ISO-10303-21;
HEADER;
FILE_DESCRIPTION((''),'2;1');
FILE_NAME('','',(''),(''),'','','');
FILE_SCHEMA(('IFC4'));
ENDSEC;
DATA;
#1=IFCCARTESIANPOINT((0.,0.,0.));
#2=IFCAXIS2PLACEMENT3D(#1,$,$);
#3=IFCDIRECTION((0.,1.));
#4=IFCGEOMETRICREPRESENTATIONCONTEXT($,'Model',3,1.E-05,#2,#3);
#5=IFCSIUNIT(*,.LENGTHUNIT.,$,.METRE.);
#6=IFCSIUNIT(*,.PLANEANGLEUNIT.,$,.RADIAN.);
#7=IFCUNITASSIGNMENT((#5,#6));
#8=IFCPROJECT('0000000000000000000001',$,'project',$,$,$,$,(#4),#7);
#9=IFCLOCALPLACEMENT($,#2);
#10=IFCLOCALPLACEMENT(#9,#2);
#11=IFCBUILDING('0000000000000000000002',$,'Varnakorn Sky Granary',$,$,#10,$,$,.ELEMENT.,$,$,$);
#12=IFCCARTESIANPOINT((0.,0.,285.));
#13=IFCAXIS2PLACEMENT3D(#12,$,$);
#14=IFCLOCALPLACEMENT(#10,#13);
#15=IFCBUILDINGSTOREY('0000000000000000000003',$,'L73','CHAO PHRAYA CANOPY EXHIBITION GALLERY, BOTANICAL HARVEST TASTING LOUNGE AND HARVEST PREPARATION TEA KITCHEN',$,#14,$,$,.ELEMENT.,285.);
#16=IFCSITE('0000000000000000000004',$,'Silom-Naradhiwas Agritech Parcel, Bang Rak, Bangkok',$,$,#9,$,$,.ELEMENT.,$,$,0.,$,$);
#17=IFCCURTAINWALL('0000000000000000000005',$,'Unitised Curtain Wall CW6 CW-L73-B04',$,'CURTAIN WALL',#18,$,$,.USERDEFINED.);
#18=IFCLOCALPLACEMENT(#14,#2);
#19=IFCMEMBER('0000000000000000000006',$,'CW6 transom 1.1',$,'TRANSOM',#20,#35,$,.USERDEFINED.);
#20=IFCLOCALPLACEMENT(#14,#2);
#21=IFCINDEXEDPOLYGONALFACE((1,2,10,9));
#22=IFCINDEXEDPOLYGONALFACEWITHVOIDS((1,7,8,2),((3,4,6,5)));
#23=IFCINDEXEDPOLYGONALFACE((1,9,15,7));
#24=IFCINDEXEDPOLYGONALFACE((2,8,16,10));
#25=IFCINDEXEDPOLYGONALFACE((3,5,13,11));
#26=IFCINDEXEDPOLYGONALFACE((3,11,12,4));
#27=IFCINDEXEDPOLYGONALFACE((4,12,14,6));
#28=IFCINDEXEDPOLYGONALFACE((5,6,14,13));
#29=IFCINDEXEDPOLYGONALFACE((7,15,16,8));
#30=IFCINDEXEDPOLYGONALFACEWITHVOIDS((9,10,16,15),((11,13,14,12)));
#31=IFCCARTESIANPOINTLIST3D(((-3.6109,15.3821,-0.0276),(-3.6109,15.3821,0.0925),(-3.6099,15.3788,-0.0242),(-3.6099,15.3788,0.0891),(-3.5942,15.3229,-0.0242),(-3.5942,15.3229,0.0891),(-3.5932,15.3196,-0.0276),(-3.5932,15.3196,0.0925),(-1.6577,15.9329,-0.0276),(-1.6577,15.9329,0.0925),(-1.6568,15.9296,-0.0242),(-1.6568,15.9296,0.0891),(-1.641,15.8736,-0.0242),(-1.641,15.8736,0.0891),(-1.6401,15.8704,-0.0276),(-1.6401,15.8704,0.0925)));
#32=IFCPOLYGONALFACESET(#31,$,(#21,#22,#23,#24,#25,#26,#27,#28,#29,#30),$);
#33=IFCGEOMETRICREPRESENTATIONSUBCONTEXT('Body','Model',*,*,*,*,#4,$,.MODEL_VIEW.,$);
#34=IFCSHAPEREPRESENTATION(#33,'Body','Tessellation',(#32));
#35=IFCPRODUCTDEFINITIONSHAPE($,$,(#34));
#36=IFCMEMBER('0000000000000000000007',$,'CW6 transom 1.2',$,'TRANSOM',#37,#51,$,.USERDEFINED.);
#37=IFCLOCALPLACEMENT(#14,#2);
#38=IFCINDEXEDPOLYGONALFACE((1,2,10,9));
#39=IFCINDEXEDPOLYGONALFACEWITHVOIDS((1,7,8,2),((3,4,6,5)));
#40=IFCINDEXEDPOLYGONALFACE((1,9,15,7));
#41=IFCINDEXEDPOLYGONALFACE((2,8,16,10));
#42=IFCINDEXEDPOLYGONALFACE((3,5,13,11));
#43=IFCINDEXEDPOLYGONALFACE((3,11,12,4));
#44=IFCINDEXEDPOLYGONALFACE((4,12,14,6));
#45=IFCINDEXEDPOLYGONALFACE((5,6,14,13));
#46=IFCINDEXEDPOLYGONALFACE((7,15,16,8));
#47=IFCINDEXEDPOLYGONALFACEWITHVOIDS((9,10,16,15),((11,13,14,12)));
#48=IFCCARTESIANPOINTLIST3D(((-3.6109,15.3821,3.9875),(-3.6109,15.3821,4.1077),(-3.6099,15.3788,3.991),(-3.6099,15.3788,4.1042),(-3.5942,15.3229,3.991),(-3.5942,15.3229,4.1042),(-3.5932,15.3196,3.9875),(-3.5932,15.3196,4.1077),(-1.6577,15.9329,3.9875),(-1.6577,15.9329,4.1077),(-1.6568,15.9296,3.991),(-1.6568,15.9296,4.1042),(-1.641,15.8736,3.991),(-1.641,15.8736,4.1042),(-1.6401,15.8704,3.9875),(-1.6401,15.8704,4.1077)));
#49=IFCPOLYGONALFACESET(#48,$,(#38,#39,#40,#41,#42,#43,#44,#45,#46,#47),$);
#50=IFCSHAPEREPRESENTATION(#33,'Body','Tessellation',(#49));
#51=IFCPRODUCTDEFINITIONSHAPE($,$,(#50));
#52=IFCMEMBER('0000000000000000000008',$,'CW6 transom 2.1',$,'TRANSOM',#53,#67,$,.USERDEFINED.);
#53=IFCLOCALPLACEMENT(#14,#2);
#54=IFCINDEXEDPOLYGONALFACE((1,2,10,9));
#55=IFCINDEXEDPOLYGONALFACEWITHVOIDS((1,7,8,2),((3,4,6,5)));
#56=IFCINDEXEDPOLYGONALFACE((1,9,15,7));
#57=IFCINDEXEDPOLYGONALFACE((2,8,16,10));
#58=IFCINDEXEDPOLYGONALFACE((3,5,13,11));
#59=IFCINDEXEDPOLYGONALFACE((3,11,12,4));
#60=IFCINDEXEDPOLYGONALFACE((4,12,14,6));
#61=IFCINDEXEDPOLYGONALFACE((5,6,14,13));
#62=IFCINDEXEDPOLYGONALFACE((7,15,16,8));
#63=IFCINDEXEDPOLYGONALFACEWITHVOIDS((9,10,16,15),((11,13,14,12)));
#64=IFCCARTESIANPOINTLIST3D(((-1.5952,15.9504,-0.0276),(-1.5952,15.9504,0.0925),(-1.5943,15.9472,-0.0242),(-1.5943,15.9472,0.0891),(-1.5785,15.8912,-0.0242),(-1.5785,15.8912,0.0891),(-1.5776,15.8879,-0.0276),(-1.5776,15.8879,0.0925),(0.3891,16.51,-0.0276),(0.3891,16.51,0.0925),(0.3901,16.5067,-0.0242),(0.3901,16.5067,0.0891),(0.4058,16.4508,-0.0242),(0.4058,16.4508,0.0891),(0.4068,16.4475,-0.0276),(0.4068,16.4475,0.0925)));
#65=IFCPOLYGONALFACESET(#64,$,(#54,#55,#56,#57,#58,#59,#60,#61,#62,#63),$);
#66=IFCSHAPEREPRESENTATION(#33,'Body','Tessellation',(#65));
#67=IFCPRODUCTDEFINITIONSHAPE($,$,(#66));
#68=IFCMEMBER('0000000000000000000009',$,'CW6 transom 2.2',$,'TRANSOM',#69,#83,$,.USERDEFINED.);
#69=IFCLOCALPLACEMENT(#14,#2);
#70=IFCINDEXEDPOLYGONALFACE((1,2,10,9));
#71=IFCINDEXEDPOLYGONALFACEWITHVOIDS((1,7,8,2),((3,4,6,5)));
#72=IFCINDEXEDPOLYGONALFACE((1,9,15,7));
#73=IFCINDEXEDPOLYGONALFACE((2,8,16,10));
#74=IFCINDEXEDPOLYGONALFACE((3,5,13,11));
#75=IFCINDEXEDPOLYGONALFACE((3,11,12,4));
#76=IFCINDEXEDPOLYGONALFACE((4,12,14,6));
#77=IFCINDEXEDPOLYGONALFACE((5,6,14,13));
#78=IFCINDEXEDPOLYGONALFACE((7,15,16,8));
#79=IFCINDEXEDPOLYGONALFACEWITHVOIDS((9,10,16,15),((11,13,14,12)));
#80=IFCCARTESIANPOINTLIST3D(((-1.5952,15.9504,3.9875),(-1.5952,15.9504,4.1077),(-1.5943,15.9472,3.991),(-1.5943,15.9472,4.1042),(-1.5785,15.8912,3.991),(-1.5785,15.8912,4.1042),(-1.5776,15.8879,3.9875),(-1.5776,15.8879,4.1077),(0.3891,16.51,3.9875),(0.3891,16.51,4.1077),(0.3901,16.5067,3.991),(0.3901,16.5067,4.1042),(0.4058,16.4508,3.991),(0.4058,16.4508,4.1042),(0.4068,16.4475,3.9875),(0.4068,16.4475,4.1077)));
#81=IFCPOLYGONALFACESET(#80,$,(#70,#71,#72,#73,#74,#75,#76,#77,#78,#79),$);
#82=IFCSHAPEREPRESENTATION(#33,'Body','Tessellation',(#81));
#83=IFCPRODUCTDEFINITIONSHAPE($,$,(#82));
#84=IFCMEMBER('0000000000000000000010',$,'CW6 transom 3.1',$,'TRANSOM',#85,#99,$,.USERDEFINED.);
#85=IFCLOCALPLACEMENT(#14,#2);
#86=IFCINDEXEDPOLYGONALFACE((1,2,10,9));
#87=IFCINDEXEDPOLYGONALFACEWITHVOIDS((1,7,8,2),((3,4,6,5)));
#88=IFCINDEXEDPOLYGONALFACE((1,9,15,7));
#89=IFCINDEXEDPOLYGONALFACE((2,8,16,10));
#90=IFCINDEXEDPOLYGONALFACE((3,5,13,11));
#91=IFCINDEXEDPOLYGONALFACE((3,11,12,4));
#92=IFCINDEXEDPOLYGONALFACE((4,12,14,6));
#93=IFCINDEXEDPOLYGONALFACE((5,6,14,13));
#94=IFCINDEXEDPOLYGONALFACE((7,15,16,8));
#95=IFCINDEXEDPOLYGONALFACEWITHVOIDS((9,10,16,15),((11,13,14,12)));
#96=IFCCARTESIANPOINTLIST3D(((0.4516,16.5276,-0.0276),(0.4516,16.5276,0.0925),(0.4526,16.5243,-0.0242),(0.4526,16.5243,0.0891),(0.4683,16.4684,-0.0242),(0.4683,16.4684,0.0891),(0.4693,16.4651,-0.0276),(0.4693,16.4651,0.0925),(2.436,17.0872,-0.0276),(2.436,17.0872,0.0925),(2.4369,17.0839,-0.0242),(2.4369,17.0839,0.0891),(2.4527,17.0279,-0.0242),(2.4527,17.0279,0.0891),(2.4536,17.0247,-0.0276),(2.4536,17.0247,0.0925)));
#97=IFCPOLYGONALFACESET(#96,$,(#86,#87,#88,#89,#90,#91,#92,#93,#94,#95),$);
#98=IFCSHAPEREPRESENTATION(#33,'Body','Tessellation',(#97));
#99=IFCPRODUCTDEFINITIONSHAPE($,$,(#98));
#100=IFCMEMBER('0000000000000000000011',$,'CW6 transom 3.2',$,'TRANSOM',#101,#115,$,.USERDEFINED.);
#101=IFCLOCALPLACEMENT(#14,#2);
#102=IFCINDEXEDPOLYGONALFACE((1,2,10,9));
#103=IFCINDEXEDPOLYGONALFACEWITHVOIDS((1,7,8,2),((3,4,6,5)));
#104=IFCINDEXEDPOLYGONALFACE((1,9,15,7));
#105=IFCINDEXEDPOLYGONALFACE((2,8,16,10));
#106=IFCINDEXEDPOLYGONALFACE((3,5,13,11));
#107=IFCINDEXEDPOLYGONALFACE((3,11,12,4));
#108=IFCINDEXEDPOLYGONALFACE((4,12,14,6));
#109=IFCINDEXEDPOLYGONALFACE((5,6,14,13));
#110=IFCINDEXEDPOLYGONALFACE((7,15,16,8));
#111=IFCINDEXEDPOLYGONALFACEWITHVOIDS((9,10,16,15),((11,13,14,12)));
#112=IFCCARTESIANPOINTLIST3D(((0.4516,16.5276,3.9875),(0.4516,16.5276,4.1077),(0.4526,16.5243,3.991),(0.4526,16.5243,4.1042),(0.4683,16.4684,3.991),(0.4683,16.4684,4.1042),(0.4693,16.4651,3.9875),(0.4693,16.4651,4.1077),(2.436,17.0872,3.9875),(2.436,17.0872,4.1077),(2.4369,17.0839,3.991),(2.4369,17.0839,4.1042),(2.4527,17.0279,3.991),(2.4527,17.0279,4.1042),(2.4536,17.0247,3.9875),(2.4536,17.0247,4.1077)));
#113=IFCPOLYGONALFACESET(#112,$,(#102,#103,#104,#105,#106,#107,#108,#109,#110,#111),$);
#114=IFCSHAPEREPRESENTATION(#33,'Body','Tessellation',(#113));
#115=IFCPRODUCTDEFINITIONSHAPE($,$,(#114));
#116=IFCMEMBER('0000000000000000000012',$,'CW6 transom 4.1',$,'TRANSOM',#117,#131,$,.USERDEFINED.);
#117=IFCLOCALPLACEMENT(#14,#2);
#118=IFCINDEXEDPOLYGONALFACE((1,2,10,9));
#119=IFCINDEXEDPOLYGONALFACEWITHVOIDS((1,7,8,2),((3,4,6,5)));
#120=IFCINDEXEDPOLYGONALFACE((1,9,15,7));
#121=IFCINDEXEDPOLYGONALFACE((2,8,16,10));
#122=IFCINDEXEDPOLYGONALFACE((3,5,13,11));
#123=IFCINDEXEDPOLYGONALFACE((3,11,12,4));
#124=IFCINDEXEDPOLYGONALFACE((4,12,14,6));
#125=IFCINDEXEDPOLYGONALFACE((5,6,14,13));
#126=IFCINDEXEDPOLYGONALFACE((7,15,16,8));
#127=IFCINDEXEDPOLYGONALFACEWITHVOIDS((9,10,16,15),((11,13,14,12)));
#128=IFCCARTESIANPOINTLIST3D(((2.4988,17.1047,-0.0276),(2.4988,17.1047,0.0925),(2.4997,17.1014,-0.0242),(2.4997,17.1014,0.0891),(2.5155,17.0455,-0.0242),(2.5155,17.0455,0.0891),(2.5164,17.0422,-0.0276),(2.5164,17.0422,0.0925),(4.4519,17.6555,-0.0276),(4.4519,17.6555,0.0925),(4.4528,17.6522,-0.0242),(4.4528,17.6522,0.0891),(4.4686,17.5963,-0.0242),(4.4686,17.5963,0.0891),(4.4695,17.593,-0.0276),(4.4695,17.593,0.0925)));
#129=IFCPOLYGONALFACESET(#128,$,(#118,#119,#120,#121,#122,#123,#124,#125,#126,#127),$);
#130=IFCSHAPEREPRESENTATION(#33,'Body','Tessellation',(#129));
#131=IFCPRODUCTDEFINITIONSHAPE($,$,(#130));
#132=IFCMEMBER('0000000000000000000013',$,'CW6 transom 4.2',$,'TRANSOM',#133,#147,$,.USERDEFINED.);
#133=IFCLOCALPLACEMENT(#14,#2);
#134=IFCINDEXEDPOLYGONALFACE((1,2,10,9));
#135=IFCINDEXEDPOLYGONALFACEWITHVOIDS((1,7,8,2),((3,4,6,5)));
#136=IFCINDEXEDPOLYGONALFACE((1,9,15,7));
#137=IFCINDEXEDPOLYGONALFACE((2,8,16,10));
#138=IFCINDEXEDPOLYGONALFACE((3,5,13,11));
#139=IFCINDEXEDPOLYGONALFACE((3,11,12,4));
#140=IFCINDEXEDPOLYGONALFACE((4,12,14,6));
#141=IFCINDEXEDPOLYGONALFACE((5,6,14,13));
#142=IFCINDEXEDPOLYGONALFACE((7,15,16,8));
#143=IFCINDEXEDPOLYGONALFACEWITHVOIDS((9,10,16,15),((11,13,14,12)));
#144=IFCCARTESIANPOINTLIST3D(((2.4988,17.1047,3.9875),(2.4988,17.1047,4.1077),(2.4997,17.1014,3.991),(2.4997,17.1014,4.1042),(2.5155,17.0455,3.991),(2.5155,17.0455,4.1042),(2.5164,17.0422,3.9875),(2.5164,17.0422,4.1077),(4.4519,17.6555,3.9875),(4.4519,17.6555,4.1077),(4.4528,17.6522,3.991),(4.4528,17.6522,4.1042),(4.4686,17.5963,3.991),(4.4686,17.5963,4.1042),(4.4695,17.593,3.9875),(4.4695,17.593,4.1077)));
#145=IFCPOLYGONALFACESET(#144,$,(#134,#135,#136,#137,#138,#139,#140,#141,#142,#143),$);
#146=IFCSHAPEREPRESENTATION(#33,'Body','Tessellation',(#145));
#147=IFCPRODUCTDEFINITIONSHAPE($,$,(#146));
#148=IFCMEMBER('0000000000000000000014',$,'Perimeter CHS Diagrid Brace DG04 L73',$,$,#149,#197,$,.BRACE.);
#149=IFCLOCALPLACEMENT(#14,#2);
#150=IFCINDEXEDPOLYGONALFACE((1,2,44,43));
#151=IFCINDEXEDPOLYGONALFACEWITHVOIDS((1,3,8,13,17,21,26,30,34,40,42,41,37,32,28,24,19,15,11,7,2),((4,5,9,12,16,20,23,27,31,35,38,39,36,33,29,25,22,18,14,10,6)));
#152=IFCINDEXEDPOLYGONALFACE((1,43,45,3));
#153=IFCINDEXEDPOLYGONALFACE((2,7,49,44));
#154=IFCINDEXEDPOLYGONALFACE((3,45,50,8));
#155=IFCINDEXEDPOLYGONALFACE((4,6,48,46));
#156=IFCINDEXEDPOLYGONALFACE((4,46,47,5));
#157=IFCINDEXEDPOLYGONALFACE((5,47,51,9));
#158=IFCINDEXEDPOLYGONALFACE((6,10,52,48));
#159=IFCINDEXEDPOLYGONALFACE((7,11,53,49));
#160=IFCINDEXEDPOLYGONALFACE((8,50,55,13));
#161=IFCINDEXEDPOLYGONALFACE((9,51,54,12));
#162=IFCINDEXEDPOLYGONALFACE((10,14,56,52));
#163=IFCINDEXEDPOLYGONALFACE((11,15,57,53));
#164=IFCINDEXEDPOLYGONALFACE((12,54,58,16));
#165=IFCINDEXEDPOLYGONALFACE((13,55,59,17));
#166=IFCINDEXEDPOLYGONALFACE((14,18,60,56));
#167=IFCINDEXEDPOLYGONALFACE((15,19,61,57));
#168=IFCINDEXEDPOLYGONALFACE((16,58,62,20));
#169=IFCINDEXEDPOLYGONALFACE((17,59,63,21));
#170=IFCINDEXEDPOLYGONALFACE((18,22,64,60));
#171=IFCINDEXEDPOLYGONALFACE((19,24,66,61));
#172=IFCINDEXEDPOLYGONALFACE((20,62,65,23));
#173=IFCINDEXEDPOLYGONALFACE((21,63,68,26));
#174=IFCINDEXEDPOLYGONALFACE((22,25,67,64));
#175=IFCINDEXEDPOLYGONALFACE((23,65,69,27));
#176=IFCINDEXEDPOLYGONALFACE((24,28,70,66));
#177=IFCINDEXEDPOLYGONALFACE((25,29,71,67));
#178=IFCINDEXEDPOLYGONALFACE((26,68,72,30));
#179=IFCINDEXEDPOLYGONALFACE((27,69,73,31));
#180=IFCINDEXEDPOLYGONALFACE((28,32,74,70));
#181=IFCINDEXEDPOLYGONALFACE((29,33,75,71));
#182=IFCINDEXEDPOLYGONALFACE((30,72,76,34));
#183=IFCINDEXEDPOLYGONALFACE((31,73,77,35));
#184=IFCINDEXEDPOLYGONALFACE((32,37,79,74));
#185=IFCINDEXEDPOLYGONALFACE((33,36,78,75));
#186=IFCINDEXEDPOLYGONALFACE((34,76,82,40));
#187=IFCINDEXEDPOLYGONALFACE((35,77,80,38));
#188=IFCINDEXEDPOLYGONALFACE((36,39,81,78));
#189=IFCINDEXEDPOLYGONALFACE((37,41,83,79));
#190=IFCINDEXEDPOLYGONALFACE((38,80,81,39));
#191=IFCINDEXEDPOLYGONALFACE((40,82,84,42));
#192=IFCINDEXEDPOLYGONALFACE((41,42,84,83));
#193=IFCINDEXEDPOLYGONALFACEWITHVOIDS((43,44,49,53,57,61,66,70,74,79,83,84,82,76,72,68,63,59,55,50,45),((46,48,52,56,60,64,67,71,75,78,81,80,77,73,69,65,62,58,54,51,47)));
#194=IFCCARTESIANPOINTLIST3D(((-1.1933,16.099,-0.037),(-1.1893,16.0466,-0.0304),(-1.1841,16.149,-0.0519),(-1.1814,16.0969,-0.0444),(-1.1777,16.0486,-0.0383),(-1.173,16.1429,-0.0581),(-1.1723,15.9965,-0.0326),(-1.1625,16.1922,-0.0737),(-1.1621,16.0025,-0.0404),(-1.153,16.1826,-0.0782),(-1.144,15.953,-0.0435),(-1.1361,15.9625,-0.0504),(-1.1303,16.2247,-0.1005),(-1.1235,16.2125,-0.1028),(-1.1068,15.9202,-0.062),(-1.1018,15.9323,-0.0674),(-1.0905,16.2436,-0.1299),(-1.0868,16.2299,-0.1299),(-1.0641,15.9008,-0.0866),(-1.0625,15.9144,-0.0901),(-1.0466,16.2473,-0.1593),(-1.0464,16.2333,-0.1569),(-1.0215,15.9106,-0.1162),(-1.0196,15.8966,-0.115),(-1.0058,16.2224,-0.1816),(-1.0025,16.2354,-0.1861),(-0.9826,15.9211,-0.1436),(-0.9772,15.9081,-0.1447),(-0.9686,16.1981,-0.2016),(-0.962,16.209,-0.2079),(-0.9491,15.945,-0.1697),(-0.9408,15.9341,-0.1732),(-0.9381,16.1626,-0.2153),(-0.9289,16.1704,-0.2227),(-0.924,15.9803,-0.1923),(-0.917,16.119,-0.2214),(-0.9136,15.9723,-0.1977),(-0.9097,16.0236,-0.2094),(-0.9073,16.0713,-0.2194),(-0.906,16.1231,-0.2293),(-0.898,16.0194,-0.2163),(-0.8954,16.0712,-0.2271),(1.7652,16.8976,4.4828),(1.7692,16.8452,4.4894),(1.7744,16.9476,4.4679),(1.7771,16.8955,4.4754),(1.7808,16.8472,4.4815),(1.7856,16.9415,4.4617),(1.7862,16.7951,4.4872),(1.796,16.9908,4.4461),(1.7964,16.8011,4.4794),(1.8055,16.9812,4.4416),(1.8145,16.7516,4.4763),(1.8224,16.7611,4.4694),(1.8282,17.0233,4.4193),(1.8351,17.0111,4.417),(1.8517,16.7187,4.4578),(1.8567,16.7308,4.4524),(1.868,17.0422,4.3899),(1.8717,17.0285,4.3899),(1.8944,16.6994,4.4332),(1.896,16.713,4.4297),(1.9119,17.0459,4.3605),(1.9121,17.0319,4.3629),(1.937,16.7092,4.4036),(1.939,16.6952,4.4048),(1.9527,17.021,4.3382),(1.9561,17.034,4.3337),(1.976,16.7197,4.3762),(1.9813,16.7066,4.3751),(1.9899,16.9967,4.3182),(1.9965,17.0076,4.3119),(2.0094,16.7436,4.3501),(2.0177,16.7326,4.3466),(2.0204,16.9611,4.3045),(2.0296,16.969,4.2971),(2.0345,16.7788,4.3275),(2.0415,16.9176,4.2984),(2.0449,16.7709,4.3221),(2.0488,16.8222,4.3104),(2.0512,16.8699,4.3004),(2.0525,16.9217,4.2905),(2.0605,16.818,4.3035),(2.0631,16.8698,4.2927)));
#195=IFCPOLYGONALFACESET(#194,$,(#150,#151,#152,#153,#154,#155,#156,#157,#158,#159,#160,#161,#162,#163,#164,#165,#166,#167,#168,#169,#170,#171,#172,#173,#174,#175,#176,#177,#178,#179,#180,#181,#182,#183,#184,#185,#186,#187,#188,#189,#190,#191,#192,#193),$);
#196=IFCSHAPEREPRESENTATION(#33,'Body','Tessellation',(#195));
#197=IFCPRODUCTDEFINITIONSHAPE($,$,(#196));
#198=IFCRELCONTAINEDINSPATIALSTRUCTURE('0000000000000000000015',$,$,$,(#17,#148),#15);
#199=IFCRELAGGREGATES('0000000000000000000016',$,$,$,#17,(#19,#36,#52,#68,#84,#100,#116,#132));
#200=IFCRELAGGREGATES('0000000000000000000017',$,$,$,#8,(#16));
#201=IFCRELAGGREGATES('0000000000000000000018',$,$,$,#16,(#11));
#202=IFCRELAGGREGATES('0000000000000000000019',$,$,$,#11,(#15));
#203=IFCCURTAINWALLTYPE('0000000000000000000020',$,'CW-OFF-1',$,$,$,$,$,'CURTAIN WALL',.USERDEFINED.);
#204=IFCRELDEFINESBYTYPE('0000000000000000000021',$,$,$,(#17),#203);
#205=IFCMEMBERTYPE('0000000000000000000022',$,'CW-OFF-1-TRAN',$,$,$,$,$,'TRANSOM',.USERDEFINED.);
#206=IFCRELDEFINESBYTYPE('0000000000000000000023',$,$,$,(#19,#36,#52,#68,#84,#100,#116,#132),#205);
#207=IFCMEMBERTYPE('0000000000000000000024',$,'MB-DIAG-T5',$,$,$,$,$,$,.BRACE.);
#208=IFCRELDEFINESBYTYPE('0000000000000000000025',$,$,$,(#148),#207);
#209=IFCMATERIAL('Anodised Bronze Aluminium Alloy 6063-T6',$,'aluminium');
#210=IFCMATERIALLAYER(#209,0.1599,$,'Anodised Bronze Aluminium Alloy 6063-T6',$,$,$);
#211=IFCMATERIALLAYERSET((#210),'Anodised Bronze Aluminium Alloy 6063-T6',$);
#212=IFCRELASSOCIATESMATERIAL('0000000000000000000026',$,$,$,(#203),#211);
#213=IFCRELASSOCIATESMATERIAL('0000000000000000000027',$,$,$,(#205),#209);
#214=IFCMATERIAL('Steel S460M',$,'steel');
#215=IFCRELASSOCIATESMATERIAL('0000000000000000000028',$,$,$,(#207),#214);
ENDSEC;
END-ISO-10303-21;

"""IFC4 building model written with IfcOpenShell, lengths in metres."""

from ifc_helpers import new_model, si_unit, direction, frame, origin, origin_2d, place, context, subcontext, project, spatial, hollow_rectangle, hollow_circle, extrude, material, layer, layer_set, material_profile, profile_set, type_object, element, aggregate, save


model = new_model("IFC4")

# Units and contexts
model_context = context("Model", 3, precision=1e-05, world=origin(), true_north=direction((0.0, 1.0)))
body_context = subcontext(model_context, "Body", "Model", "MODEL_VIEW")
ifc_project = project(units=[si_unit("LENGTHUNIT", "METRE"), si_unit("PLANEANGLEUNIT", "RADIAN")], contexts=[model_context])

# Site, building, storey
site_placement = place(None, origin())
site = spatial("IfcSite", under=ifc_project, at=site_placement, Name="Silom-Naradhiwas Agritech Parcel, Bang Rak, Bangkok", CompositionType="ELEMENT", RefElevation=0.0)
building_placement = place(site_placement, origin())
building = spatial("IfcBuilding", under=site, at=building_placement, Name="Varnakorn Sky Granary", CompositionType="ELEMENT")
storey_placement = place(building_placement, frame((0.0, 0.0, 285.0)))
storey = spatial("IfcBuildingStorey", under=building, at=storey_placement, Name="L73", Description="CHAO PHRAYA CANOPY EXHIBITION GALLERY, BOTANICAL HARVEST TASTING LOUNGE AND HARVEST PREPARATION TEA KITCHEN", CompositionType="ELEMENT", Elevation=285.0)

# Curtain wall, members
ifc_material_1 = material(Name="Anodised Bronze Aluminium Alloy 6063-T6", Category="aluminium")
ifc_layer_1 = layer(ifc_material_1, 0.1599, Name="Anodised Bronze Aluminium Alloy 6063-T6")
ifc_layer_set_1 = layer_set([ifc_layer_1], Name="Anodised Bronze Aluminium Alloy 6063-T6")
curtain_wall_type = type_object("IfcCurtainWallType", Name="CW-OFF-1", ElementType="CURTAIN WALL", PredefinedType="USERDEFINED", material=ifc_layer_set_1)
curtain_wall_placement = place(storey_placement, origin())
curtain_wall = element("IfcCurtainWall", 1, at=curtain_wall_placement, inside=storey, type_object=curtain_wall_type, Name="Unitised Curtain Wall CW6 CW-L73-B04", ObjectType="CURTAIN WALL", PredefinedType="USERDEFINED")
ifc_material_profile_1 = material_profile(ifc_material_1, hollow_rectangle(XDim=0.0649, YDim=0.1201, WallThickness=0.0034, at=origin_2d()), Name="ALU TRAN 65x120")
ifc_profile_set_1 = profile_set([ifc_material_profile_1], Name="Anodised Bronze Aluminium Alloy 6063-T6")
member_type_1 = type_object("IfcMemberType", Name="CW-OFF-1-TRAN", ElementType="TRANSOM", PredefinedType="USERDEFINED", material=ifc_profile_set_1)
member_1_placement = place(storey_placement, frame((-3.6021, 15.3508, 0.0325), z_axis=(0.962463, 0.271414, 0.0), x_axis=(-0.271414, 0.962463, 0.0)))
member_1 = element("IfcMember", 2, at=member_1_placement, type_object=member_type_1, Name="CW6 transom 1.1", ObjectType="TRANSOM", PredefinedType="USERDEFINED", context=body_context, shape_type="SweptSolid", body=[
    extrude(hollow_rectangle(XDim=0.0649, YDim=0.1201, WallThickness=0.0034, at=origin_2d()), origin(), (0.0, 0.0, 1.0), 2.0293),
])
member_2_placement = place(storey_placement, frame((-3.6021, 15.3508, 4.0476), z_axis=(0.962463, 0.271414, 0.0), x_axis=(-0.271414, 0.962463, 0.0)))
member_2 = element("IfcMember", 3, at=member_2_placement, type_object=member_type_1, Name="CW6 transom 1.2", ObjectType="TRANSOM", PredefinedType="USERDEFINED", context=body_context, shape_type="SweptSolid", body=[
    extrude(hollow_rectangle(XDim=0.0649, YDim=0.1201, WallThickness=0.0034, at=origin_2d()), origin(), (0.0, 0.0, 1.0), 2.0293),
])
member_3_placement = place(storey_placement, frame((-1.5864, 15.9192, 0.0325), z_axis=(0.962466, 0.271404, 0.0), x_axis=(-0.271404, 0.962466, 0.0)))
member_3 = element("IfcMember", 4, at=member_3_placement, type_object=member_type_1, Name="CW6 transom 2.1", ObjectType="TRANSOM", PredefinedType="USERDEFINED", context=body_context, shape_type="SweptSolid", body=[
    extrude(hollow_rectangle(XDim=0.0649, YDim=0.1201, WallThickness=0.0034, at=origin_2d()), origin(), (0.0, 0.0, 1.0), 2.0618),
])
member_4_placement = place(storey_placement, frame((-1.5864, 15.9192, 4.0476), z_axis=(0.962466, 0.271404, 0.0), x_axis=(-0.271404, 0.962466, 0.0)))
member_4 = element("IfcMember", 5, at=member_4_placement, type_object=member_type_1, Name="CW6 transom 2.2", ObjectType="TRANSOM", PredefinedType="USERDEFINED", context=body_context, shape_type="SweptSolid", body=[
    extrude(hollow_rectangle(XDim=0.0649, YDim=0.1201, WallThickness=0.0034, at=origin_2d()), origin(), (0.0, 0.0, 1.0), 2.0618),
])
member_5_placement = place(storey_placement, frame((0.4604, 16.4963, 0.0325), z_axis=(0.962466, 0.271404, 0.0), x_axis=(-0.271404, 0.962466, 0.0)))
member_5 = element("IfcMember", 6, at=member_5_placement, type_object=member_type_1, Name="CW6 transom 3.1", ObjectType="TRANSOM", PredefinedType="USERDEFINED", context=body_context, shape_type="SweptSolid", body=[
    extrude(hollow_rectangle(XDim=0.0649, YDim=0.1201, WallThickness=0.0034, at=origin_2d()), origin(), (0.0, 0.0, 1.0), 2.0618),
])
member_6_placement = place(storey_placement, frame((0.4604, 16.4963, 4.0476), z_axis=(0.962466, 0.271404, 0.0), x_axis=(-0.271404, 0.962466, 0.0)))
member_6 = element("IfcMember", 7, at=member_6_placement, type_object=member_type_1, Name="CW6 transom 3.2", ObjectType="TRANSOM", PredefinedType="USERDEFINED", context=body_context, shape_type="SweptSolid", body=[
    extrude(hollow_rectangle(XDim=0.0649, YDim=0.1201, WallThickness=0.0034, at=origin_2d()), origin(), (0.0, 0.0, 1.0), 2.0618),
])
member_7_placement = place(storey_placement, frame((2.5076, 17.0735, 0.0325), z_axis=(0.962463, 0.271414, 0.0), x_axis=(-0.271414, 0.962463, 0.0)))
member_7 = element("IfcMember", 8, at=member_7_placement, type_object=member_type_1, Name="CW6 transom 4.1", ObjectType="TRANSOM", PredefinedType="USERDEFINED", context=body_context, shape_type="SweptSolid", body=[
    extrude(hollow_rectangle(XDim=0.0649, YDim=0.1201, WallThickness=0.0034, at=origin_2d()), origin(), (0.0, 0.0, 1.0), 2.0293),
])
member_8_placement = place(storey_placement, frame((2.5076, 17.0735, 4.0476), z_axis=(0.962463, 0.271414, 0.0), x_axis=(-0.271414, 0.962463, 0.0)))
member_8 = element("IfcMember", 9, at=member_8_placement, type_object=member_type_1, Name="CW6 transom 4.2", ObjectType="TRANSOM", PredefinedType="USERDEFINED", context=body_context, shape_type="SweptSolid", body=[
    extrude(hollow_rectangle(XDim=0.0649, YDim=0.1201, WallThickness=0.0034, at=origin_2d()), origin(), (0.0, 0.0, 1.0), 2.0293),
])

# Member
ifc_material_2 = material(Name="Steel S460M", Category="steel")
ifc_material_profile_2 = material_profile(ifc_material_2, hollow_circle(Radius=0.1777, WallThickness=0.0142, at=origin_2d()), Name="CHS 355.6x14")
ifc_profile_set_2 = profile_set([ifc_material_profile_2], Name="Steel S460M")
member_type_2 = type_object("IfcMemberType", Name="MB-DIAG-T5", PredefinedType="BRACE", material=ifc_profile_set_2)
member_9_placement = place(storey_placement, frame((-1.0442, 16.072, -0.1299), z_axis=(0.541784, 0.146243, 0.827698), x_axis=(-0.260602, 0.965446, 0.0)))
element("IfcMember", 10, at=member_9_placement, inside=storey, type_object=member_type_2, Name="Perimeter CHS Diagrid Brace DG04 L73", PredefinedType="BRACE", context=body_context, shape_type="SweptSolid", body=[
    extrude(hollow_circle(Radius=0.1777, WallThickness=0.0142, at=origin_2d()), origin(), (0.0, 0.0, 1.0), 5.4607),
])

aggregate(curtain_wall, [member_1, member_2, member_3, member_4, member_5, member_6, member_7, member_8])

save(model, "model.ifc")
